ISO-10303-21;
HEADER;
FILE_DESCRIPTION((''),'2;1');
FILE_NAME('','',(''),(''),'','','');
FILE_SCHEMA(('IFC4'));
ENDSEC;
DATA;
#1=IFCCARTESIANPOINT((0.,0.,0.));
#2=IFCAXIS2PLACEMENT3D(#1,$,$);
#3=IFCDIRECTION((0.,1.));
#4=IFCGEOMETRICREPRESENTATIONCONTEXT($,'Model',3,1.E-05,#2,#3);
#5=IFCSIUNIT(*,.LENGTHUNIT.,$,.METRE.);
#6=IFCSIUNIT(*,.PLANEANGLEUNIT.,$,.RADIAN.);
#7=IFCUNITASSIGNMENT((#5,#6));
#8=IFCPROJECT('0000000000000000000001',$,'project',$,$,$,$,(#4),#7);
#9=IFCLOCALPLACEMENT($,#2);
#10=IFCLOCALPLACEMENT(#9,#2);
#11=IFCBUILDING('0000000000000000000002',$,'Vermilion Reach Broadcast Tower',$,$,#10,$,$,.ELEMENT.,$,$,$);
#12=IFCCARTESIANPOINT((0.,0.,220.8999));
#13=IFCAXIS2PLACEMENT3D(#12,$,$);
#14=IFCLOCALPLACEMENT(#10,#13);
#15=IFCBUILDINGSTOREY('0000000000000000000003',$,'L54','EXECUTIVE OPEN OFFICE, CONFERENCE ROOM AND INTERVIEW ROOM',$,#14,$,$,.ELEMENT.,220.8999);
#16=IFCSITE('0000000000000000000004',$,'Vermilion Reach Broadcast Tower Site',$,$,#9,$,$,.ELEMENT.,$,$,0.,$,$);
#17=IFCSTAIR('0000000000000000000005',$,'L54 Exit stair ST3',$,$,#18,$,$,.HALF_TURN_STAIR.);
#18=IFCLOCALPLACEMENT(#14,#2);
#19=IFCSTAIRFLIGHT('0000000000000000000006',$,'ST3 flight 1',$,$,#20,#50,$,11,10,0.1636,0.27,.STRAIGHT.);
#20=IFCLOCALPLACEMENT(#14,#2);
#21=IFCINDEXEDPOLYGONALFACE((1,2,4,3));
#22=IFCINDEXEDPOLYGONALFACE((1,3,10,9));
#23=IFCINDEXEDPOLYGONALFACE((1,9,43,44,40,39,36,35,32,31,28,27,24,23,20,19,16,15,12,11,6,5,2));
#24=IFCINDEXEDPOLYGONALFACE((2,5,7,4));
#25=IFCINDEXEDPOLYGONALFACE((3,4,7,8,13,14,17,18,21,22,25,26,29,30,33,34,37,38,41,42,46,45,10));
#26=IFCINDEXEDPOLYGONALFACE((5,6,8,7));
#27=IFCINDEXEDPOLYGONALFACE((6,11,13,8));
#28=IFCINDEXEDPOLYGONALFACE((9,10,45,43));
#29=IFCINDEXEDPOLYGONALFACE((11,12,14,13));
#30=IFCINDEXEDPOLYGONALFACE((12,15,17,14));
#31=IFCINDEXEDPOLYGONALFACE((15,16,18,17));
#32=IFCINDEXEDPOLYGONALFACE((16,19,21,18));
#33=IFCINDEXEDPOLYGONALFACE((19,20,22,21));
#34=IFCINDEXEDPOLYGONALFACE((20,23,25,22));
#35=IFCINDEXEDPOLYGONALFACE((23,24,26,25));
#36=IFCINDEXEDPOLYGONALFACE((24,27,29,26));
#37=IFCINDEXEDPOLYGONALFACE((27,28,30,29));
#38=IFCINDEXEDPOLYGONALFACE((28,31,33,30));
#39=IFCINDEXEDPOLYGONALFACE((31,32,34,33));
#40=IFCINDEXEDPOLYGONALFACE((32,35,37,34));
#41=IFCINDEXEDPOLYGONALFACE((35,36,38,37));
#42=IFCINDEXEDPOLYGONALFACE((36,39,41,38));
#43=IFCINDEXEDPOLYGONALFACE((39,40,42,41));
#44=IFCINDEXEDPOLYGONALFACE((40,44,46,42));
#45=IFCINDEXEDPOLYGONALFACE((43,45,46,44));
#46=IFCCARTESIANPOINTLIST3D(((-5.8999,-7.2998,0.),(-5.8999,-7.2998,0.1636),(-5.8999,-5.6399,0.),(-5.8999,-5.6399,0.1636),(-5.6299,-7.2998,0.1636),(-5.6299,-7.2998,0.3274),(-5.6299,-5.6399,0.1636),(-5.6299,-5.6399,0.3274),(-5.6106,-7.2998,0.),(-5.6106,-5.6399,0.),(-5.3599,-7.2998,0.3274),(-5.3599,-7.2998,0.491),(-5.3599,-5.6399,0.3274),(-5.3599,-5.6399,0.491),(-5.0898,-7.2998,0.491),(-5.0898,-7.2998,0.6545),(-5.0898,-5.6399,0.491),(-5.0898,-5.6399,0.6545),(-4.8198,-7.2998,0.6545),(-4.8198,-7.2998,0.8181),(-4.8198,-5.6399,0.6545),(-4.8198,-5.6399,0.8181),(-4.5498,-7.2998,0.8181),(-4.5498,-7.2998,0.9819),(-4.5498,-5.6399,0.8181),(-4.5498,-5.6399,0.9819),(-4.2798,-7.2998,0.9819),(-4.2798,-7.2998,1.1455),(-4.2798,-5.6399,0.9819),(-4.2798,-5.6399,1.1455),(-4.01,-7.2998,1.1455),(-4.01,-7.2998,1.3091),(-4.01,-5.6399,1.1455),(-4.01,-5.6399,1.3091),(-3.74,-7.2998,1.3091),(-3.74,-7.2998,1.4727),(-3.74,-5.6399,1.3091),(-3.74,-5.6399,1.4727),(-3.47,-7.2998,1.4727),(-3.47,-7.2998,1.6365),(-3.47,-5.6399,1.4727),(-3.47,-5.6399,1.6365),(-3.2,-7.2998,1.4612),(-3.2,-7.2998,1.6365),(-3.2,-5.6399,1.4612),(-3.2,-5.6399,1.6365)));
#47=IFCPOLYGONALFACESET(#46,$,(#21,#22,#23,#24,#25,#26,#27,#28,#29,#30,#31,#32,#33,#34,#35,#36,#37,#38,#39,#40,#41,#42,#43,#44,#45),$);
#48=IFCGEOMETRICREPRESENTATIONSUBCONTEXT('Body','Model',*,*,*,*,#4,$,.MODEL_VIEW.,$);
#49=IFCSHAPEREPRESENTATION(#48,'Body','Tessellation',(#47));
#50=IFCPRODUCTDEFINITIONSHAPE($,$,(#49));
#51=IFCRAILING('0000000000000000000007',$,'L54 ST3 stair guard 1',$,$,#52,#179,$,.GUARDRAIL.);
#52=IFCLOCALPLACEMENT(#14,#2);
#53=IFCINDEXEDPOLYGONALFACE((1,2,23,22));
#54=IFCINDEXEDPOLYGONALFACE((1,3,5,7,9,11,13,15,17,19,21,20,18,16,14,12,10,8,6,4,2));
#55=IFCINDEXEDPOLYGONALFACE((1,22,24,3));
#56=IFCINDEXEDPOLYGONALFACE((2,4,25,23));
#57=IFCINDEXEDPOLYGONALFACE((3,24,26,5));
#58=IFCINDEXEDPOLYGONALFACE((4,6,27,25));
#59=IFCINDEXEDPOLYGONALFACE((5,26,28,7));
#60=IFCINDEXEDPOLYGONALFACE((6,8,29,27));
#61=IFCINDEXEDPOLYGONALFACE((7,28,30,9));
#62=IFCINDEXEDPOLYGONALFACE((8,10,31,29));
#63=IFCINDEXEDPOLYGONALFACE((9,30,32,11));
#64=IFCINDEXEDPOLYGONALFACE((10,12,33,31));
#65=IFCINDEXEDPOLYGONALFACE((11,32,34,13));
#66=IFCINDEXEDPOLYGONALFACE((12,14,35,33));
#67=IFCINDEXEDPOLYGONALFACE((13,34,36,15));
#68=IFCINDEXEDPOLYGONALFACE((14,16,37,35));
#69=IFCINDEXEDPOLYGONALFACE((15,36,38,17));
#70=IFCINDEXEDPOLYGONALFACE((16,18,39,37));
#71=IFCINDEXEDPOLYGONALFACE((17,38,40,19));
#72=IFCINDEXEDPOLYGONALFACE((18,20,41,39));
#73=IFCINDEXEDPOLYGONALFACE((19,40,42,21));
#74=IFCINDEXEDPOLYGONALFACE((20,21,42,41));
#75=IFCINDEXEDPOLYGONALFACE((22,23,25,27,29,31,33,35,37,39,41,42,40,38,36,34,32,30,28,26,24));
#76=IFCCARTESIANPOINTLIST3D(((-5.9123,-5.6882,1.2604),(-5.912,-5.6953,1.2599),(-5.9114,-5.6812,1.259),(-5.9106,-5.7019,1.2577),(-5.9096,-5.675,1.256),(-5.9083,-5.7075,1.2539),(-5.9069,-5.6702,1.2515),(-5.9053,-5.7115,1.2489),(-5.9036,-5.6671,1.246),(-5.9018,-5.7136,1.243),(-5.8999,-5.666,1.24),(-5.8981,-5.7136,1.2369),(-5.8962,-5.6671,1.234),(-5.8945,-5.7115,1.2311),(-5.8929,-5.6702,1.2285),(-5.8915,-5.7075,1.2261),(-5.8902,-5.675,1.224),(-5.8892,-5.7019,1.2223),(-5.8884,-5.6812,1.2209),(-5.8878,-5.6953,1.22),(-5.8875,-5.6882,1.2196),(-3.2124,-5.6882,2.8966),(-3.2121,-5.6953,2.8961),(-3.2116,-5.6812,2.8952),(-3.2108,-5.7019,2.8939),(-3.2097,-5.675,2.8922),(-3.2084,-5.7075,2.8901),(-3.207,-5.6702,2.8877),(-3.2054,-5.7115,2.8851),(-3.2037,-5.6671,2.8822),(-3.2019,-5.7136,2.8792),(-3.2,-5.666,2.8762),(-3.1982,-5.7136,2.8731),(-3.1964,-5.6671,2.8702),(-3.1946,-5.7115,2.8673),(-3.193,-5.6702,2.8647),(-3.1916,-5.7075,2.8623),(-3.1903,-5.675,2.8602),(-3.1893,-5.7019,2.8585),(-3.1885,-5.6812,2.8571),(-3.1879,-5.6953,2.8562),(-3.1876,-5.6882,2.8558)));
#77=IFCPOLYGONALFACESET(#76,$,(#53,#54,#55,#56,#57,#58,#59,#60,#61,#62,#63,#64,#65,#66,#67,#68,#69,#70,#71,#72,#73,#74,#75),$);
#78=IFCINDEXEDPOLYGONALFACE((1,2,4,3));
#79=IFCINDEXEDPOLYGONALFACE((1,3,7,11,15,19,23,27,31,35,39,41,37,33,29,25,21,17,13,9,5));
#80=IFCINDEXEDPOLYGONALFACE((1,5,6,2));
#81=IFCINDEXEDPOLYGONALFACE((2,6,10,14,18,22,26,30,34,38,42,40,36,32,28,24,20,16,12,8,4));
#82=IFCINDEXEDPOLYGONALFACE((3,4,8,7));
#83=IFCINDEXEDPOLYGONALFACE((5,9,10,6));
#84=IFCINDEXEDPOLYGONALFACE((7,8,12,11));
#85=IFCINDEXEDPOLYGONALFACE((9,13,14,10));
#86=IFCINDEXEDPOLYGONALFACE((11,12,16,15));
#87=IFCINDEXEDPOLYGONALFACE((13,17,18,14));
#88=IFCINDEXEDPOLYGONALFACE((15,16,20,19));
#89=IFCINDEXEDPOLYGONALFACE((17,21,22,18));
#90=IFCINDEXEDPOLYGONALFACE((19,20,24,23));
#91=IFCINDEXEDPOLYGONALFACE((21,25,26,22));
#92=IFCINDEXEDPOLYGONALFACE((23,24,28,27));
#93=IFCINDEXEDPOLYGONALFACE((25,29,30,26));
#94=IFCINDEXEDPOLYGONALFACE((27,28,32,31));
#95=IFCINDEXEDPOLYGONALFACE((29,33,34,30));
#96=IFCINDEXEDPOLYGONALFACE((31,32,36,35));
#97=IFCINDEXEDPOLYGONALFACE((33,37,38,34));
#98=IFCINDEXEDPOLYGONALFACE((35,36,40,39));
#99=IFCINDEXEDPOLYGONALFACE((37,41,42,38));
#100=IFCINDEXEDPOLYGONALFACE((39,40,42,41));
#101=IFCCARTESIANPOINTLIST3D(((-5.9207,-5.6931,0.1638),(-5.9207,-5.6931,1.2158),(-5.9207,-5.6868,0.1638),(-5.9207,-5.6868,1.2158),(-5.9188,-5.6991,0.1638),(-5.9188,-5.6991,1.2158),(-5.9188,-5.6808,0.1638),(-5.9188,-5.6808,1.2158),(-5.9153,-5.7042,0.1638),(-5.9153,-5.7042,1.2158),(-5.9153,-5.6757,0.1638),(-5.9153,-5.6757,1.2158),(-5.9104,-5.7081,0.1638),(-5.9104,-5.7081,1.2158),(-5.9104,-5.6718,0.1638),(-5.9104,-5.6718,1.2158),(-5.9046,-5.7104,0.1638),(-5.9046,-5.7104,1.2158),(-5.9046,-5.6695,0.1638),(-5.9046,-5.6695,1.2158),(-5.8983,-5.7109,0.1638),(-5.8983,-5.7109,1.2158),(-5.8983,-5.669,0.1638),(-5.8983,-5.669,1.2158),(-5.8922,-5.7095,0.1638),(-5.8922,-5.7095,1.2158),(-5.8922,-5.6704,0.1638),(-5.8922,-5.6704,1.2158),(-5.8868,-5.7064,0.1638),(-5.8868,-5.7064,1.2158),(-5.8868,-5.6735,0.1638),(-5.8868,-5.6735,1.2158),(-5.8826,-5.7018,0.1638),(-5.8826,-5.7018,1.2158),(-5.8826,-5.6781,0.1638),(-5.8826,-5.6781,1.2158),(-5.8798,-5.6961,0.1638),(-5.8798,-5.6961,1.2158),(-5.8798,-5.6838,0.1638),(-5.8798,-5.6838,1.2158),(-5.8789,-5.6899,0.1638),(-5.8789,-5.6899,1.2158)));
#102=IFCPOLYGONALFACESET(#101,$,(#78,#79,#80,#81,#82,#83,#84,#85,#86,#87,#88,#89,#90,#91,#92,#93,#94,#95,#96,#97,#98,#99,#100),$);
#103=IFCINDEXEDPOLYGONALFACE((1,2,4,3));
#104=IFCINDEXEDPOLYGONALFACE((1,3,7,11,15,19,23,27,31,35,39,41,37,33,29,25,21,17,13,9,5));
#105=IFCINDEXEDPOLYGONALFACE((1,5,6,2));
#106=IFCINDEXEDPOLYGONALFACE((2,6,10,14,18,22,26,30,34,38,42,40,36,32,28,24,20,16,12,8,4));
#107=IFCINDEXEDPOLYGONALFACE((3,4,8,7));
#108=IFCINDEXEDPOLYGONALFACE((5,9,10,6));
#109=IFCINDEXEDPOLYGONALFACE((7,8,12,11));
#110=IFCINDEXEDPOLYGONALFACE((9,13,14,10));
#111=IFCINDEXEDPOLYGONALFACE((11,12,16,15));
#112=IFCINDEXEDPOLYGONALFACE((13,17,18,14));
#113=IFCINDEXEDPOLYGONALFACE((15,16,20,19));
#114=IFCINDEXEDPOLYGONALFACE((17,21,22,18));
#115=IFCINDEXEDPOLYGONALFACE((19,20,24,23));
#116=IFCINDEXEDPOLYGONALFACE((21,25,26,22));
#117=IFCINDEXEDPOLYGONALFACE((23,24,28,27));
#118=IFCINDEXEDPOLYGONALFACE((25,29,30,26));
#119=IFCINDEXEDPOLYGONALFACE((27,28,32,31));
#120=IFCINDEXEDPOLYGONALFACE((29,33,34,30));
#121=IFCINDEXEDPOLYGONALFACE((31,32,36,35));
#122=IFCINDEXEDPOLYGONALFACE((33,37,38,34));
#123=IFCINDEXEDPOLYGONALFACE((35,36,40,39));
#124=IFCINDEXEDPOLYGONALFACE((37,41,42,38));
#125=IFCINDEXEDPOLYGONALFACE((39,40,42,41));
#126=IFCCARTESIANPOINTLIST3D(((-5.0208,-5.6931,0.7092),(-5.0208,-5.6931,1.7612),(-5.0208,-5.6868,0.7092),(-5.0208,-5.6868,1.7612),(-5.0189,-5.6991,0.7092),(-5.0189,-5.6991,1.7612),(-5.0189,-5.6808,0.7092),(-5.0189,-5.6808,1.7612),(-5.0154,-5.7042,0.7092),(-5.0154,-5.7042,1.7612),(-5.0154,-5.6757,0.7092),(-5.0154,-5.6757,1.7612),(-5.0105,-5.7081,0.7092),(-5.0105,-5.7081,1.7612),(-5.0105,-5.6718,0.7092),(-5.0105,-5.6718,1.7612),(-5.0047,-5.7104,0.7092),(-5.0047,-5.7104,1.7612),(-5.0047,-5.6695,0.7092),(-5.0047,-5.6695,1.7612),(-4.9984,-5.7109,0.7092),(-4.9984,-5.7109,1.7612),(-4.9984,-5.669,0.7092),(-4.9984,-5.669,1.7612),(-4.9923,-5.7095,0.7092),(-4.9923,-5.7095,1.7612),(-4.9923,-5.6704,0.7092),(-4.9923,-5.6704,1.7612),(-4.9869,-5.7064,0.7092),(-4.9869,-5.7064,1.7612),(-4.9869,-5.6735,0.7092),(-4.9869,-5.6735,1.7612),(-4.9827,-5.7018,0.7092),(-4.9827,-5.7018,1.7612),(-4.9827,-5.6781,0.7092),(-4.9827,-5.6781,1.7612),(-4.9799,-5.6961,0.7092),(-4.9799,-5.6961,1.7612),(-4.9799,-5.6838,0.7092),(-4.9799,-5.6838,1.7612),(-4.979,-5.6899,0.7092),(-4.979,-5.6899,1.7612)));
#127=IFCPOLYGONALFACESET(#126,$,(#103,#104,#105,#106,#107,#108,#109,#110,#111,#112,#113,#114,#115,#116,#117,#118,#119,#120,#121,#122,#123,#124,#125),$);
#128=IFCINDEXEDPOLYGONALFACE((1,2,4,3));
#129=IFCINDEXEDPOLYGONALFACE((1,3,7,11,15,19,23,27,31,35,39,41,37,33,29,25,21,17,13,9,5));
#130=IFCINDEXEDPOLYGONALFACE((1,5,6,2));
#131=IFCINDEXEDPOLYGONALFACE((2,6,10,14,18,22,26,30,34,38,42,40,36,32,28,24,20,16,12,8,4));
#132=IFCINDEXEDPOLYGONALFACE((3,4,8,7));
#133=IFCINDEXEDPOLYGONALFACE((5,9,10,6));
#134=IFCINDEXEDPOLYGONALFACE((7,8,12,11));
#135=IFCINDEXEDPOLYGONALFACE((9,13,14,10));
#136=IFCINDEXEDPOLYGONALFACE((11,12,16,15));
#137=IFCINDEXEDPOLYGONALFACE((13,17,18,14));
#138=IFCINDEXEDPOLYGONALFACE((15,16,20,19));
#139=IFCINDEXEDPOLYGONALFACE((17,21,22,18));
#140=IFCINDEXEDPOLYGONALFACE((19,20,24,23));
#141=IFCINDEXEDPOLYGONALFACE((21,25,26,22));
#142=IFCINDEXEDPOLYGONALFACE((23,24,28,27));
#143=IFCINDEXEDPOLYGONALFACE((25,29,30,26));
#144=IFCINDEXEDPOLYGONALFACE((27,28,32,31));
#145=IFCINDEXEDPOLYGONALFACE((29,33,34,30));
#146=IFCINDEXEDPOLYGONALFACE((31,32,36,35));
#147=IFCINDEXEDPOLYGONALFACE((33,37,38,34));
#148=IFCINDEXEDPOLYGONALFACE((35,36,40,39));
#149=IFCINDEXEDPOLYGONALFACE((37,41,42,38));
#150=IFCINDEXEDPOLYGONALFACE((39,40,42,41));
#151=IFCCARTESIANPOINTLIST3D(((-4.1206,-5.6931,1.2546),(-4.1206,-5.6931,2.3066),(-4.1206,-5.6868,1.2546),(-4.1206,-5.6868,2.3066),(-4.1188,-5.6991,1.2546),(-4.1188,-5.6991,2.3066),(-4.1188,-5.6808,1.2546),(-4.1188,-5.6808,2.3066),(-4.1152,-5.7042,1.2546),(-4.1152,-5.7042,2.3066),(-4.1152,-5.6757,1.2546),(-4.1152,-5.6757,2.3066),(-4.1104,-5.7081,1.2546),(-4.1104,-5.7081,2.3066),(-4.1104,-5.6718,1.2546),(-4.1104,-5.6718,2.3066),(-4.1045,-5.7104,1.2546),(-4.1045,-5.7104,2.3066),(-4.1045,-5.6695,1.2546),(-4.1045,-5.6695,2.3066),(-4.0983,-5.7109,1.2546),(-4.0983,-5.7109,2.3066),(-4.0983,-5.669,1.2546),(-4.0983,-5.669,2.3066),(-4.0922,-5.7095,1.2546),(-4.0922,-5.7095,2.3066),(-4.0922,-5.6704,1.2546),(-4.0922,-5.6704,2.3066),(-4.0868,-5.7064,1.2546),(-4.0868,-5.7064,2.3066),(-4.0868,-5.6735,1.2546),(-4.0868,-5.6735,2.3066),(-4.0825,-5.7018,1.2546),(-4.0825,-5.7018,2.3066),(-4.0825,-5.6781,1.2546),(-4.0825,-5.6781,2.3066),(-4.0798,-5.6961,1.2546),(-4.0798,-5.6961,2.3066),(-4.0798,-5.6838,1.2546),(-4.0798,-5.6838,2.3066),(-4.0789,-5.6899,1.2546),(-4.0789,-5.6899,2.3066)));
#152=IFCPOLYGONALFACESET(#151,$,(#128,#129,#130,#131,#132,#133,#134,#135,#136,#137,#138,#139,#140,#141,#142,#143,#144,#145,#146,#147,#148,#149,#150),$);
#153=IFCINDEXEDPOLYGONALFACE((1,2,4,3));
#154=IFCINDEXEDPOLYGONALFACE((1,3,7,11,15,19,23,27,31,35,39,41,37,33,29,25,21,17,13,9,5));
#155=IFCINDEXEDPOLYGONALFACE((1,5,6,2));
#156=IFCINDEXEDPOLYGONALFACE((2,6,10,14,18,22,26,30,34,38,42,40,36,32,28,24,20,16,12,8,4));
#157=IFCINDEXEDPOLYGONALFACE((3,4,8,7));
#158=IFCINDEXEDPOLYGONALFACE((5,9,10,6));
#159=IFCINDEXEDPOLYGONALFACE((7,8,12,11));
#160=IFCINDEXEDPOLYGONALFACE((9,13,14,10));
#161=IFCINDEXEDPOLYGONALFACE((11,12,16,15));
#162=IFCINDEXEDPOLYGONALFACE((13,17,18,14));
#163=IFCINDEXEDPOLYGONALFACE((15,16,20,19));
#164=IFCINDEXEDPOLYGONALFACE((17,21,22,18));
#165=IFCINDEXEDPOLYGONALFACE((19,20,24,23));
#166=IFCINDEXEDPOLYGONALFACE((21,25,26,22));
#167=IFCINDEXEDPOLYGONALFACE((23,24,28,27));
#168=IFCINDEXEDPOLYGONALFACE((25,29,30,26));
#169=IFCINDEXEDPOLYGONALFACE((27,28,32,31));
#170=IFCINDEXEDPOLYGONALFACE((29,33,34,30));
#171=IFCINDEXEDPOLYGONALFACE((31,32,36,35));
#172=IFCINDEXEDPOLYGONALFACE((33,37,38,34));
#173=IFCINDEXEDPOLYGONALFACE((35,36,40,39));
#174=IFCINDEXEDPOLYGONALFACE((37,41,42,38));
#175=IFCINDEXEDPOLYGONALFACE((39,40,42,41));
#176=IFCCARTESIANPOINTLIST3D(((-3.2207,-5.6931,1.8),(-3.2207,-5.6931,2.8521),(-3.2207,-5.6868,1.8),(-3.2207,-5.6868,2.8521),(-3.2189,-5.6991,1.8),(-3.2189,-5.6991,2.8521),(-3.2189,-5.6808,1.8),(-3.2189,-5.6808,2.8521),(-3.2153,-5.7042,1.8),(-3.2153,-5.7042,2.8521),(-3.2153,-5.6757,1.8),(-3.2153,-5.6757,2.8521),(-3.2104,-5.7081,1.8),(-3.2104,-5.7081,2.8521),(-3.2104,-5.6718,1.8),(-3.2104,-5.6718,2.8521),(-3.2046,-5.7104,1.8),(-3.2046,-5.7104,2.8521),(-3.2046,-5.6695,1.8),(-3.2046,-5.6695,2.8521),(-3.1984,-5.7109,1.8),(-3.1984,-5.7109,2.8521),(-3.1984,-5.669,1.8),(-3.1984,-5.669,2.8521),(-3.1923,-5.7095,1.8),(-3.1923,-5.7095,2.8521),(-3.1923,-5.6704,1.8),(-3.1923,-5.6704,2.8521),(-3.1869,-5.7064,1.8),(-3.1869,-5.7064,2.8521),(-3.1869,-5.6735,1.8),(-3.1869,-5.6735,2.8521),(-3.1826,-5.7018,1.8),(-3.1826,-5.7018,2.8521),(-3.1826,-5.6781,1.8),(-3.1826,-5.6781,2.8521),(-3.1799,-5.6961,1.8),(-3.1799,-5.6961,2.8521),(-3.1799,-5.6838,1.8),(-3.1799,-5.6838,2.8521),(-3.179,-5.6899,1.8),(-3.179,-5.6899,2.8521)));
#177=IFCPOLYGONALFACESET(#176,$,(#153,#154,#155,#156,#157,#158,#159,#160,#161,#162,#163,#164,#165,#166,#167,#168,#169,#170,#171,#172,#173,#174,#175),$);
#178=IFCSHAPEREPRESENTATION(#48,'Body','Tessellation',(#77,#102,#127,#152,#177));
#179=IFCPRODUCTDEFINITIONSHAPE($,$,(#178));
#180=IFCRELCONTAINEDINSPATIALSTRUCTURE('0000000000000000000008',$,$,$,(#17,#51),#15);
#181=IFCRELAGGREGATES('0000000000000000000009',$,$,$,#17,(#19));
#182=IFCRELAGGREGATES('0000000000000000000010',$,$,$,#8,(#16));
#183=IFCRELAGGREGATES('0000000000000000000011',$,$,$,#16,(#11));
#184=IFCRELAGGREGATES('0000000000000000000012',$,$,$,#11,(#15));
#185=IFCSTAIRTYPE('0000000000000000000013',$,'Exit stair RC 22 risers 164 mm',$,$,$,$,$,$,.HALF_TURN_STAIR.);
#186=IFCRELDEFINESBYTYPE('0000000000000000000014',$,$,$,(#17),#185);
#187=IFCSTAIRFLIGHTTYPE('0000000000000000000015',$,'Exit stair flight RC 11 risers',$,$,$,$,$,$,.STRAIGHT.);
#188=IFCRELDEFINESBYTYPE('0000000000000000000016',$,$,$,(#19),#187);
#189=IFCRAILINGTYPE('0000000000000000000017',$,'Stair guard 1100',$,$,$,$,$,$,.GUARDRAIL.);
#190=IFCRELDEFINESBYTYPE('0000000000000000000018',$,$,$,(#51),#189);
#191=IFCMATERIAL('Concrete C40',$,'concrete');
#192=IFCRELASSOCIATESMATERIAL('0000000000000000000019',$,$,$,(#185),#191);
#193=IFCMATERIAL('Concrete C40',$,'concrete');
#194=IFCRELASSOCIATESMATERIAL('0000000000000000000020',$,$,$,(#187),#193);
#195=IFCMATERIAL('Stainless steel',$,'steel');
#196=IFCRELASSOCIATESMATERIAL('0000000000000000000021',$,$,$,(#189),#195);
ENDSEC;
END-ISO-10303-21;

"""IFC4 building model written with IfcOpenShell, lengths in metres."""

from ifc_helpers import new_model, si_unit, direction, frame, origin, origin_2d, place, context, subcontext, project, spatial, polyline, circle, outline, extrude, material, type_object, element, aggregate, save


model = new_model("IFC4")

# Units and contexts
model_context = context("Model", 3, precision=1e-05, world=origin(), true_north=direction((0.0, 1.0)))
body_context = subcontext(model_context, "Body", "Model", "MODEL_VIEW")
ifc_project = project(units=[si_unit("LENGTHUNIT", "METRE"), si_unit("PLANEANGLEUNIT", "RADIAN")], contexts=[model_context])

# Site, building, storey
site_placement = place(None, origin())
site = spatial("IfcSite", under=ifc_project, at=site_placement, Name="Vermilion Reach Broadcast Tower Site", CompositionType="ELEMENT", RefElevation=0.0)
building_placement = place(site_placement, origin())
building = spatial("IfcBuilding", under=site, at=building_placement, Name="Vermilion Reach Broadcast Tower", CompositionType="ELEMENT")
storey_placement = place(building_placement, frame((0.0, 0.0, 220.8999)))
storey = spatial("IfcBuildingStorey", under=building, at=storey_placement, Name="L54", Description="EXECUTIVE OPEN OFFICE, CONFERENCE ROOM AND INTERVIEW ROOM", CompositionType="ELEMENT", Elevation=220.8999)

# Stair, stair flight
ifc_material_1 = material(Name="Concrete C40", Category="concrete")
stair_type = type_object("IfcStairType", Name="Exit stair RC 22 risers 164 mm", PredefinedType="HALF_TURN_STAIR", material=ifc_material_1)
stair_placement = place(storey_placement, origin())
stair = element("IfcStair", 1, at=stair_placement, inside=storey, type_object=stair_type, Name="L54 Exit stair ST3", PredefinedType="HALF_TURN_STAIR")
ifc_material_2 = material(Name="Concrete C40", Category="concrete")
stair_flight_type = type_object("IfcStairFlightType", Name="Exit stair flight RC 11 risers", PredefinedType="STRAIGHT", material=ifc_material_2)
stair_flight_placement = place(storey_placement, frame((-5.8999, -6.47, 0.0), z_axis=(0.0, 0.0, 1.0), x_axis=(1.0, 0.0, 0.0)))
stair_flight = element("IfcStairFlight", 2, at=stair_flight_placement, type_object=stair_flight_type, Name="ST3 flight 1", NumberOfRisers=11, NumberOfTreads=10, PredefinedType="STRAIGHT", RiserHeight=0.1636, TreadLength=0.27, context=body_context, shape_type="SweptSolid", body=[
    extrude(outline(polyline([(0.0, 0.0), (0.0, 0.1636), (0.27, 0.1636), (0.27, 0.3274), (0.54, 0.3274), (0.54, 0.491), (0.8101, 0.491), (0.8101, 0.6545), (1.0801, 0.6545), (1.0801, 0.8181), (1.3501, 0.8181), (1.3501, 0.9819), (1.6201, 0.9819), (1.6201, 1.1455), (1.8899, 1.1455), (1.8899, 1.3091), (2.1599, 1.3091), (2.1599, 1.4727), (2.4299, 1.4727), (2.4299, 1.6365), (2.7, 1.6365), (2.7, 1.8), (2.7, 1.4612), (0.2893, 0.0), (0.0, 0.0)])), frame((0.0, 0.8301, 0.0), z_axis=(0.0, -1.0, 0.0), x_axis=(1.0, 0.0, 0.0)), (0.0, 0.0, 1.0), 1.6599),
])
aggregate(stair, [stair_flight])

# Railing
ifc_material_3 = material(Name="Stainless steel", Category="steel")
railing_type_1 = type_object("IfcRailingType", Name="Stair guard 1100", PredefinedType="GUARDRAIL", material=ifc_material_3)
railing_1_placement = place(storey_placement, frame((-5.8999, -5.6899, 0.1638)))
element("IfcRailing", 3, at=railing_1_placement, inside=storey, type_object=railing_type_1, Name="L54 ST3 stair guard 1", PredefinedType="GUARDRAIL", context=body_context, shape_type="SweptSolid", body=[
    extrude(circle(Radius=0.0239, at=origin_2d()), frame((0.0, 0.0, 1.0762), z_axis=(0.855212, 0.0, 0.518278), x_axis=(0.0, 1.0, 0.0)), (0.0, 0.0, 1.0), 3.157),
    extrude(circle(Radius=0.021, at=origin_2d()), origin(), (0.0, 0.0, 1.0), 1.052),
    extrude(circle(Radius=0.021, at=origin_2d()), frame((0.8999, 0.0, 0.5454)), (0.0, 0.0, 1.0), 1.052),
    extrude(circle(Radius=0.021, at=origin_2d()), frame((1.8, 0.0, 1.0908)), (0.0, 0.0, 1.0), 1.052),
    extrude(circle(Radius=0.021, at=origin_2d()), frame((2.7, 0.0, 1.6362)), (0.0, 0.0, 1.0), 1.052),
])

save(model, "model.ifc")
